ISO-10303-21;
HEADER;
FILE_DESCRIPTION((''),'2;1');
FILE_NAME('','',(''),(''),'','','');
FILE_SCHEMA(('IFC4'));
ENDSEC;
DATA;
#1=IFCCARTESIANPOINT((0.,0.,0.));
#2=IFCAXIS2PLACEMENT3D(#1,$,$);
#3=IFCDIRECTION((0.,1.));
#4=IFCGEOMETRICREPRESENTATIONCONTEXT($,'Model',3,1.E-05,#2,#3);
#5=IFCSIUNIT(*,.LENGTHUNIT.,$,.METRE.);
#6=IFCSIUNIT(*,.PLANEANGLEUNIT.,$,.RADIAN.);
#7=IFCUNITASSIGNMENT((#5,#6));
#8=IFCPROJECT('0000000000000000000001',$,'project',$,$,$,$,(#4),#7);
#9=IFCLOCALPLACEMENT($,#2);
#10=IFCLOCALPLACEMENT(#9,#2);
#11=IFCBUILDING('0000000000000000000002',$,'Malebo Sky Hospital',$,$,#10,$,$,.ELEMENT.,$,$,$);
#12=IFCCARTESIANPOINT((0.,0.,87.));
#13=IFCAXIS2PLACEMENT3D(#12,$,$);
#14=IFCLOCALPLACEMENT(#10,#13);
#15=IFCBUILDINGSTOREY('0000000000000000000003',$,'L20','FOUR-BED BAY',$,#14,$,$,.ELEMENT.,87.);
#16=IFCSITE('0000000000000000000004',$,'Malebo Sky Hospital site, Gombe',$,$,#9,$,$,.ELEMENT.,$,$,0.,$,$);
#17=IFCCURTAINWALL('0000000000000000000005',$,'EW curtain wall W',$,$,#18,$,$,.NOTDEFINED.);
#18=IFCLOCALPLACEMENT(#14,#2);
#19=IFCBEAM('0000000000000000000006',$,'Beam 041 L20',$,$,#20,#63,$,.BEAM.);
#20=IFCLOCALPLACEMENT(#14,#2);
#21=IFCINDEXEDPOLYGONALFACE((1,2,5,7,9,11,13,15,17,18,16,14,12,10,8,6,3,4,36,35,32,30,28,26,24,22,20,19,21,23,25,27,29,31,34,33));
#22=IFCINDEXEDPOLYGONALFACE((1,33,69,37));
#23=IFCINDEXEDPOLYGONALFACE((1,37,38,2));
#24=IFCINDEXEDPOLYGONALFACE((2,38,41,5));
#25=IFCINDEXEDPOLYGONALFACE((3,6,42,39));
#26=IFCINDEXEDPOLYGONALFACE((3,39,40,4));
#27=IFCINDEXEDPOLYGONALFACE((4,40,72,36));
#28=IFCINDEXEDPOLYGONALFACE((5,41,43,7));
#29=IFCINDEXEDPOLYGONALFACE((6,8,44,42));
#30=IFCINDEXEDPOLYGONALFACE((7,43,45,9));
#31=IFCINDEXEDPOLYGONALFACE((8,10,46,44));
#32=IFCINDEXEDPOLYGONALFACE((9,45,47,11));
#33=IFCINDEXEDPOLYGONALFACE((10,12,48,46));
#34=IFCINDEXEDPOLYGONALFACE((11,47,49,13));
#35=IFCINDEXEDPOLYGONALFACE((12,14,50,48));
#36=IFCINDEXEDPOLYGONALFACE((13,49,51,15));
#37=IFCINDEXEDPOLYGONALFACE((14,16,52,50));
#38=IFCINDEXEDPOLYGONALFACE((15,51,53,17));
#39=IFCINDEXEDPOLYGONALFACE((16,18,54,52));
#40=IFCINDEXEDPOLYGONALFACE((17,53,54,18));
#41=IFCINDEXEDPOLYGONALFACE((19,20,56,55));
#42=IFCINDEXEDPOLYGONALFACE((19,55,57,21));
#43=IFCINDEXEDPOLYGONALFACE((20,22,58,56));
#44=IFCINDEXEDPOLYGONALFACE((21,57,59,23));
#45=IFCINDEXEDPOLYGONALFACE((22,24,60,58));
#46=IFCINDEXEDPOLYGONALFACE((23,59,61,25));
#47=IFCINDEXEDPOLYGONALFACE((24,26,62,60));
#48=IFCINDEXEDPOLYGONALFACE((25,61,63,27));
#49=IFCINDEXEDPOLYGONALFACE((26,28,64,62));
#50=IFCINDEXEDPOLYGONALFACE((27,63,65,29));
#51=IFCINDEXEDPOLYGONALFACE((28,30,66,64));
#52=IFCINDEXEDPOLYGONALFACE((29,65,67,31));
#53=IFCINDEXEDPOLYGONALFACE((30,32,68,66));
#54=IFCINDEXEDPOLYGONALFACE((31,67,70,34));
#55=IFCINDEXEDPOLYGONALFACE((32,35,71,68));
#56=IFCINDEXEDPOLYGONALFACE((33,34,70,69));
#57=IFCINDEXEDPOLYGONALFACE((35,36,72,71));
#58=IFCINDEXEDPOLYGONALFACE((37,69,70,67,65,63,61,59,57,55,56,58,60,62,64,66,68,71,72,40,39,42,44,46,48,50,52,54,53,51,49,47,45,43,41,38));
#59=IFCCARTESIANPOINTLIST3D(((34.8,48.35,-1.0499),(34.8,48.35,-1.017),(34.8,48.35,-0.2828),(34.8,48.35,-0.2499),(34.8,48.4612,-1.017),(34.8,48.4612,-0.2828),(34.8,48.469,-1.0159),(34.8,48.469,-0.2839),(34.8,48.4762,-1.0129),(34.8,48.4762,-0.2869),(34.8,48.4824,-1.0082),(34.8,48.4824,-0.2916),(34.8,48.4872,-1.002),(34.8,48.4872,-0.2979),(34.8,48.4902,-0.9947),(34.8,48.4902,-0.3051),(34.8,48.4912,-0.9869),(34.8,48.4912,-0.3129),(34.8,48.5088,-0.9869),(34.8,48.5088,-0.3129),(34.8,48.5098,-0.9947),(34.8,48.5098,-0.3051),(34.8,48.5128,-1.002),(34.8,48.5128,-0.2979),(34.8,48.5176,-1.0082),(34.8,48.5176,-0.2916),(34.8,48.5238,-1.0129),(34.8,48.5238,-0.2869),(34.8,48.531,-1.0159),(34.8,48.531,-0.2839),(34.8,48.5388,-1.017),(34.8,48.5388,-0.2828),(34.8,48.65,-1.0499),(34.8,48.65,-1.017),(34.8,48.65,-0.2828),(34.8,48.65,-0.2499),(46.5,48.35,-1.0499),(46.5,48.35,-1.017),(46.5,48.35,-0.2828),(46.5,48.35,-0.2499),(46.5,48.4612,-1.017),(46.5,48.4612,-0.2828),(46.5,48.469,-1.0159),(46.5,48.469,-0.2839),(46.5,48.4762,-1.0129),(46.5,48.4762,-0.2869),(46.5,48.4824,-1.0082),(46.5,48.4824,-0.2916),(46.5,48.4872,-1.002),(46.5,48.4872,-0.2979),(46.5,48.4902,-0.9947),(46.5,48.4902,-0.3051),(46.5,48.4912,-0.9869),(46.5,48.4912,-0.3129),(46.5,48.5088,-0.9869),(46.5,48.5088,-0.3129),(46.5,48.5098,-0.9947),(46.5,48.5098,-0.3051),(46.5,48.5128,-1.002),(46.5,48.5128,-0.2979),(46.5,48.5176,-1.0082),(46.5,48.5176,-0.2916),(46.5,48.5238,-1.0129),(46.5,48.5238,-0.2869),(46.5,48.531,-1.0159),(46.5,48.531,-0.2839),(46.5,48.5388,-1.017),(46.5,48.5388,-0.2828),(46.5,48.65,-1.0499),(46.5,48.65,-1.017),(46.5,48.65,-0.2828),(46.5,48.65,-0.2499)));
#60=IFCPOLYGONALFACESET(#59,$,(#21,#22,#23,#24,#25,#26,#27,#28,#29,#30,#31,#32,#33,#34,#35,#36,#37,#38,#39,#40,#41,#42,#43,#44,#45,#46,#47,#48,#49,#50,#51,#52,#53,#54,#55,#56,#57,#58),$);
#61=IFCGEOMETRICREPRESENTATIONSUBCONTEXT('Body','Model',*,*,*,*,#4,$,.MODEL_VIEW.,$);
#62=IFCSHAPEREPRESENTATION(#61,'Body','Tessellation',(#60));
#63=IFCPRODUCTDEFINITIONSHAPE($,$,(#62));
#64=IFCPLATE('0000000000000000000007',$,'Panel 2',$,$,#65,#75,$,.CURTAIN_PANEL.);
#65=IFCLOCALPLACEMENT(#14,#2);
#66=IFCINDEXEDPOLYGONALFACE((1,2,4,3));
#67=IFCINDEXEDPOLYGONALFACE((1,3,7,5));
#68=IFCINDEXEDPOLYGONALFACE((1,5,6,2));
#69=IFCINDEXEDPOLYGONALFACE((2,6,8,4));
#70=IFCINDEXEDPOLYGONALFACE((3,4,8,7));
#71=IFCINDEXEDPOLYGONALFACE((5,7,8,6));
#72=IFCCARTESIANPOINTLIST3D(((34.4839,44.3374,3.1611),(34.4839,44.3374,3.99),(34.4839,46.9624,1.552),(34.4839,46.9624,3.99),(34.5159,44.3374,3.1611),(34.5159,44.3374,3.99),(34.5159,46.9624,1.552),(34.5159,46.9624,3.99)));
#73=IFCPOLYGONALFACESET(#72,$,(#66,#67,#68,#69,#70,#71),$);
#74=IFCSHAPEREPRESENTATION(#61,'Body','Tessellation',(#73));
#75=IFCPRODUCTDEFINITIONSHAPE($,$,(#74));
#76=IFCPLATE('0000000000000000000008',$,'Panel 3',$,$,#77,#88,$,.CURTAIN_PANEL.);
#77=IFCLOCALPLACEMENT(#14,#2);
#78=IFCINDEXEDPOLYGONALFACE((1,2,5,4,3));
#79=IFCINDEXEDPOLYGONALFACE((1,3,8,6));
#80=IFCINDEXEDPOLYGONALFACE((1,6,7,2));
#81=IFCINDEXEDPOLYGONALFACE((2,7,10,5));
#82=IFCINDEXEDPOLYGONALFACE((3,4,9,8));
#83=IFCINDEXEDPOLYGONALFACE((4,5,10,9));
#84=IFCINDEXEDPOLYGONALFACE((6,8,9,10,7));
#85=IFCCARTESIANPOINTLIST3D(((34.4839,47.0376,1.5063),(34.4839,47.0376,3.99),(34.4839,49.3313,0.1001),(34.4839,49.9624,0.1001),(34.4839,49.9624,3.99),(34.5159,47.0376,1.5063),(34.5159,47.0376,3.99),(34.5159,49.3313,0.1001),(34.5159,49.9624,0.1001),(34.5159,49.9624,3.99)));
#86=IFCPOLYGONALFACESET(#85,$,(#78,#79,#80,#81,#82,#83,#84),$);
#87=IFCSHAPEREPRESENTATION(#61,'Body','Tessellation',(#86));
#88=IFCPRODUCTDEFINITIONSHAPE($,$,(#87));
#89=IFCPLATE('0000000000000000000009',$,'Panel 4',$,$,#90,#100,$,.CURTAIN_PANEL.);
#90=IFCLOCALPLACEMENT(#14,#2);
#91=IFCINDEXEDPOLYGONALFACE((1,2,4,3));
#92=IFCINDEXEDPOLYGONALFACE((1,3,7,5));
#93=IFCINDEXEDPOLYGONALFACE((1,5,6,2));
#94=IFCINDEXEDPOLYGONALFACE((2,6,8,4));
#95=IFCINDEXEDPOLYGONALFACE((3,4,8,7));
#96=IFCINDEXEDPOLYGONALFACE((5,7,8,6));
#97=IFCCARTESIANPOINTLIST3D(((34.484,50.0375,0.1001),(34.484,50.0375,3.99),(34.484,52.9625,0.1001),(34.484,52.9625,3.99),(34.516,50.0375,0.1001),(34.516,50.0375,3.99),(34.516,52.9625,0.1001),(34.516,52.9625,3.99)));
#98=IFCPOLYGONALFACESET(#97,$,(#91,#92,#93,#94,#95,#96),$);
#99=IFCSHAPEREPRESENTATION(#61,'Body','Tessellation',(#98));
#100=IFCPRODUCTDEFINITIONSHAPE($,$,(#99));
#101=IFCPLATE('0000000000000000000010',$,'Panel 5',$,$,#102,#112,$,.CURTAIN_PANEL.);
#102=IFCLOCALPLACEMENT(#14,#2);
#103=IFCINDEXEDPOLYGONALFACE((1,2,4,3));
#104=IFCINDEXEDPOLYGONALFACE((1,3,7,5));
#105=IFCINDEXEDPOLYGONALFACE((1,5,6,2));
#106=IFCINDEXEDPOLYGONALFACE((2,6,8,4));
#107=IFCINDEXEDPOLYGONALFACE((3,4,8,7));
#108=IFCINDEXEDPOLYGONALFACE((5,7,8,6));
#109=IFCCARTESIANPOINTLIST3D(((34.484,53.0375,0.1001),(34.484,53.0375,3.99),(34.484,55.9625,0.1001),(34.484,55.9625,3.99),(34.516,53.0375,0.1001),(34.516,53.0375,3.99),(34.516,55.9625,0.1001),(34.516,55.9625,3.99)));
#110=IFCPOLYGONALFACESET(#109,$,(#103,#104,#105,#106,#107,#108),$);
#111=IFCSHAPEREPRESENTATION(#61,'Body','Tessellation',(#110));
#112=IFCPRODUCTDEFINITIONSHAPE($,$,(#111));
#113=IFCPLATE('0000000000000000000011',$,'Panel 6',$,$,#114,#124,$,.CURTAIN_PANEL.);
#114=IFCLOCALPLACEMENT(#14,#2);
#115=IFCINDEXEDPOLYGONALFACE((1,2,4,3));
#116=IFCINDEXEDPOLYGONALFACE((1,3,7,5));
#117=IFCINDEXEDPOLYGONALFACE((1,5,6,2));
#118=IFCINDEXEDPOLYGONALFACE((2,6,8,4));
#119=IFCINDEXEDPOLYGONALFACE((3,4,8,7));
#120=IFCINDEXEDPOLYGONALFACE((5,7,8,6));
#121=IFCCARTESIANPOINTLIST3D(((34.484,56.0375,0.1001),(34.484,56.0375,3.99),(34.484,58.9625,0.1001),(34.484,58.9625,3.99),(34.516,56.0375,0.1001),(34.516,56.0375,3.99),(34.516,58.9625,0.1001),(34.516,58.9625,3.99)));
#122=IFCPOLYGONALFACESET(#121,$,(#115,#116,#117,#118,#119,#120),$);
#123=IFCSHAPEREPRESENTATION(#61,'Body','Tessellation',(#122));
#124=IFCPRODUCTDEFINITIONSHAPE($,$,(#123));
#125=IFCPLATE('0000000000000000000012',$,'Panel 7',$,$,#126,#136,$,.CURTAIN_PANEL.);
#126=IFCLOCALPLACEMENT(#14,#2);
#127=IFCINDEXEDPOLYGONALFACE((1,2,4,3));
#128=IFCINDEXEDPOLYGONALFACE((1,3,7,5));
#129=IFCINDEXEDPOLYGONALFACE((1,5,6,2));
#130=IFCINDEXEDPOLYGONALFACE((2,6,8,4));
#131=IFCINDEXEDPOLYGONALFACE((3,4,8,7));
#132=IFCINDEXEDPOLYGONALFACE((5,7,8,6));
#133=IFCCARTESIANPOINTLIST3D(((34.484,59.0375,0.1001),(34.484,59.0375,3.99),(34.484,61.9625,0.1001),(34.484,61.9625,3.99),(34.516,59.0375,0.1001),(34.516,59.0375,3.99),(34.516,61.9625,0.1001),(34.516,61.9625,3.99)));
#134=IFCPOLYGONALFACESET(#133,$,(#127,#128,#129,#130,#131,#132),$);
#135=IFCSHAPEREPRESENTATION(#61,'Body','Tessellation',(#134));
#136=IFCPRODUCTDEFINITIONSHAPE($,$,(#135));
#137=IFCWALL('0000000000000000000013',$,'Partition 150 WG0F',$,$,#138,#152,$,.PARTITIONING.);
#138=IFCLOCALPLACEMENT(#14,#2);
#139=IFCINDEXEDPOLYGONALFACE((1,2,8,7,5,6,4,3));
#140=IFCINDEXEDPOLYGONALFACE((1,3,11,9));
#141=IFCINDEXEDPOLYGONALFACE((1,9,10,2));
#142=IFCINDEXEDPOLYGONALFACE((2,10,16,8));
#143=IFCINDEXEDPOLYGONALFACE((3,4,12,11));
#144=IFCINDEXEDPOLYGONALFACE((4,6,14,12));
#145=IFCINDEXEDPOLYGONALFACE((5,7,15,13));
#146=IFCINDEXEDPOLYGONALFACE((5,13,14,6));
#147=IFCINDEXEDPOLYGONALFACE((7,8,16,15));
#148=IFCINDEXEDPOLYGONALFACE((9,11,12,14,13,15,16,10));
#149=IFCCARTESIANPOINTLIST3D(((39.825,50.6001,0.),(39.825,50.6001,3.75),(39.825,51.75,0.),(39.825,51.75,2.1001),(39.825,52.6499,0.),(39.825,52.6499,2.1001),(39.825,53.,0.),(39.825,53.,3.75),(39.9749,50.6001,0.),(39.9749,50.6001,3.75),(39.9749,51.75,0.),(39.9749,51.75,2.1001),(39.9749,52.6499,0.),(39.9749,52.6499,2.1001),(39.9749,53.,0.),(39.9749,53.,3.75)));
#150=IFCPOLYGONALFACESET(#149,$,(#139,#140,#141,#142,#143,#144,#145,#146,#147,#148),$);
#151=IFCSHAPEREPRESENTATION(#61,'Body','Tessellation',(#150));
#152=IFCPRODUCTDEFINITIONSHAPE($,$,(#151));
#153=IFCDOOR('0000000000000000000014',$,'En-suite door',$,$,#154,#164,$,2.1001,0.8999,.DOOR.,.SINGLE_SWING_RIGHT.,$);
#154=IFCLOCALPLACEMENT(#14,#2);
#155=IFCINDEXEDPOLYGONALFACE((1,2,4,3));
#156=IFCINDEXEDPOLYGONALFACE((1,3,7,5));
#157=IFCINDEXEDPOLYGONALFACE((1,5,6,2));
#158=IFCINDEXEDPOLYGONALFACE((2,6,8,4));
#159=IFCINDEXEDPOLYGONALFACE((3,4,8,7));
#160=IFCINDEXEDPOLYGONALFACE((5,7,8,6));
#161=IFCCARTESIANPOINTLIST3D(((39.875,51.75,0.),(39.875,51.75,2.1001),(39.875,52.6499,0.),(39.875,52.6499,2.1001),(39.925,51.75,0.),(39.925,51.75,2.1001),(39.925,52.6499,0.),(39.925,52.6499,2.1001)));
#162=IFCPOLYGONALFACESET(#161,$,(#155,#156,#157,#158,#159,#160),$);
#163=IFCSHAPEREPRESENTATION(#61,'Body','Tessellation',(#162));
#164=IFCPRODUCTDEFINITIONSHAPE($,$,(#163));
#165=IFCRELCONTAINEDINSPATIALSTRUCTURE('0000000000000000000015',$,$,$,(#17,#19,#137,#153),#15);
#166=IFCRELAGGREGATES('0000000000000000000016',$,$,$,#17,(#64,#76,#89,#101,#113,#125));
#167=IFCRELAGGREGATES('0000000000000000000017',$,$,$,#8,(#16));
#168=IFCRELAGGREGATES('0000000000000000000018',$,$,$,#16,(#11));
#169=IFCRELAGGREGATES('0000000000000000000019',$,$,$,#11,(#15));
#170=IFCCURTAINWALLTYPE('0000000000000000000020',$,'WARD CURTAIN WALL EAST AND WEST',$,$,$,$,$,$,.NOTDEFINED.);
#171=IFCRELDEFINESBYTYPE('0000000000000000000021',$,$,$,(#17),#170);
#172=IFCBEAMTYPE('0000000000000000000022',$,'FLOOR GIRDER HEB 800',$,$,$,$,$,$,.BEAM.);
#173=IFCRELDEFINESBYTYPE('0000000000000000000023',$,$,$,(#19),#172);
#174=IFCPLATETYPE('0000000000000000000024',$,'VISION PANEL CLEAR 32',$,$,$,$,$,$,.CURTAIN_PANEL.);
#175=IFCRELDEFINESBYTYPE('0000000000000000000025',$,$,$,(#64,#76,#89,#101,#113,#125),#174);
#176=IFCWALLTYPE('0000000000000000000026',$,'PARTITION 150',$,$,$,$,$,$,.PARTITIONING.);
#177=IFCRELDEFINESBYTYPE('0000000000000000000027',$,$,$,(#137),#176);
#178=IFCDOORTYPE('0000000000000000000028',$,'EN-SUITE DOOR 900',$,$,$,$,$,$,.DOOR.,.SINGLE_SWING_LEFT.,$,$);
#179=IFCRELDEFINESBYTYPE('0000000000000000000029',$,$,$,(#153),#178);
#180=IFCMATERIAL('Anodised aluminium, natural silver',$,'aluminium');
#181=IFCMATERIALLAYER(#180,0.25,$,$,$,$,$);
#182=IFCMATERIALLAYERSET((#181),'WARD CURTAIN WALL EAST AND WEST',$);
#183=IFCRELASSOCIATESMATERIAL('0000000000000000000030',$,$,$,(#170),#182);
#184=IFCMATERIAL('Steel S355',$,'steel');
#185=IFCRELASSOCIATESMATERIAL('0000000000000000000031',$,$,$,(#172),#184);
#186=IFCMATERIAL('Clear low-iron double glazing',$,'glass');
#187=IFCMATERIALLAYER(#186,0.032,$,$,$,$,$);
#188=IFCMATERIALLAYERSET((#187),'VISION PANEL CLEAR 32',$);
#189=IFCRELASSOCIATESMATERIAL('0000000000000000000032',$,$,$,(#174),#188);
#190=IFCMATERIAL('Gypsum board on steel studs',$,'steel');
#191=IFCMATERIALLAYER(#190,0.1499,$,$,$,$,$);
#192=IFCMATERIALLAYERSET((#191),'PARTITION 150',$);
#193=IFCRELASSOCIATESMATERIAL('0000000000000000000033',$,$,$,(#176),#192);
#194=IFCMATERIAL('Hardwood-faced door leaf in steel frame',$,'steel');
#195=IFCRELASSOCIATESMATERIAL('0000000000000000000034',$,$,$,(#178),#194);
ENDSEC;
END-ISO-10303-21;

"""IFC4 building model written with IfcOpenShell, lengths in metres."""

from ifc_helpers import new_model, si_unit, direction, frame, frame_2d, origin, origin_2d, place, context, subcontext, project, spatial, polyline, rectangle, i_section, outline, extrude, material, layer, layer_set, material_profile, profile_set, type_object, element, fill, aggregate, save


model = new_model("IFC4")

# Units and contexts
model_context = context("Model", 3, precision=1e-05, world=origin(), true_north=direction((0.0, 1.0)))
body_context = subcontext(model_context, "Body", "Model", "MODEL_VIEW")
ifc_project = project(units=[si_unit("LENGTHUNIT", "METRE"), si_unit("PLANEANGLEUNIT", "RADIAN")], contexts=[model_context])

# Site, building, storey
site_placement = place(None, origin())
site = spatial("IfcSite", under=ifc_project, at=site_placement, Name="Malebo Sky Hospital site, Gombe", CompositionType="ELEMENT", RefElevation=0.0)
building_placement = place(site_placement, origin())
building = spatial("IfcBuilding", under=site, at=building_placement, Name="Malebo Sky Hospital", CompositionType="ELEMENT")
storey_placement = place(building_placement, frame((0.0, 0.0, 87.0)))
storey = spatial("IfcBuildingStorey", under=building, at=storey_placement, Name="L20", Description="FOUR-BED BAY", CompositionType="ELEMENT", Elevation=87.0)

# Curtain wall
ifc_material_1 = material(Name="Anodised aluminium, natural silver", Category="aluminium")
ifc_layer_1 = layer(ifc_material_1, 0.25)
ifc_layer_set_1 = layer_set([ifc_layer_1], Name="WARD CURTAIN WALL EAST AND WEST")
curtain_wall_type = type_object("IfcCurtainWallType", Name="WARD CURTAIN WALL EAST AND WEST", PredefinedType="NOTDEFINED", material=ifc_layer_set_1)
curtain_wall_placement = place(storey_placement, origin())
curtain_wall = element("IfcCurtainWall", 1, at=curtain_wall_placement, inside=storey, type_object=curtain_wall_type, Name="EW curtain wall W", PredefinedType="NOTDEFINED")

# Shared definitions
ifc_material_2 = material(Name="Steel S355", Category="steel")

# Beam
ifc_material_profile_1 = material_profile(ifc_material_2, i_section(OverallWidth=0.3, OverallDepth=0.8, WebThickness=0.0176, FlangeThickness=0.033, FilletRadius=0.03, at=origin_2d()), Name="HEB 800")
ifc_profile_set_1 = profile_set([ifc_material_profile_1], Name="Steel S355")
beam_type_1 = type_object("IfcBeamType", Name="FLOOR GIRDER HEB 800", PredefinedType="BEAM", material=ifc_profile_set_1)
beam_1_placement = place(storey_placement, frame((34.8, 48.5, -0.6499), z_axis=(1.0, 0.0, 0.0), x_axis=(0.0, 1.0, 0.0)))
element("IfcBeam", 2, at=beam_1_placement, inside=storey, type_object=beam_type_1, Name="Beam 041 L20", PredefinedType="BEAM", context=body_context, shape_type="SweptSolid", body=[
    extrude(i_section(OverallWidth=0.3, OverallDepth=0.8, WebThickness=0.0176, FlangeThickness=0.033, FilletRadius=0.03, at=origin_2d()), origin(), (0.0, 0.0, 1.0), 11.7),
])

# Plates
ifc_material_3 = material(Name="Clear low-iron double glazing", Category="glass")
ifc_layer_2 = layer(ifc_material_3, 0.032)
ifc_layer_set_2 = layer_set([ifc_layer_2], Name="VISION PANEL CLEAR 32")
plate_type = type_object("IfcPlateType", Name="VISION PANEL CLEAR 32", PredefinedType="CURTAIN_PANEL", material=ifc_layer_set_2)
plate_1_placement = place(storey_placement, frame((34.5, 45.6499, 1.552), z_axis=(0.0, 0.0, 1.0), x_axis=(0.0, 1.0, 0.0)))
plate_1 = element("IfcPlate", 3, at=plate_1_placement, type_object=plate_type, Name="Panel 2", PredefinedType="CURTAIN_PANEL", context=body_context, shape_type="SweptSolid", body=[
    extrude(outline(polyline([(1.3125, 0.0), (1.3125, 2.438), (-1.3125, 2.438), (-1.3125, 1.6091), (1.3125, 0.0)])), frame((0.0, 0.0161, 0.0), z_axis=(0.0, -1.0, 0.0), x_axis=(1.0, 0.0, 0.0)), (0.0, 0.0, 1.0), 0.032),
])
plate_2_placement = place(storey_placement, frame((34.5, 48.5, 0.1001), z_axis=(0.0, 0.0, 1.0), x_axis=(0.0, 1.0, 0.0)))
plate_2 = element("IfcPlate", 4, at=plate_2_placement, type_object=plate_type, Name="Panel 3", PredefinedType="CURTAIN_PANEL", context=body_context, shape_type="SweptSolid", body=[
    extrude(outline(polyline([(0.8313, 0.0), (1.4624, 0.0), (1.4624, 3.8899), (-1.4624, 3.8899), (-1.4624, 1.4062), (0.8313, 0.0)])), frame((0.0, 0.0161, 0.0), z_axis=(0.0, -1.0, 0.0), x_axis=(1.0, 0.0, 0.0)), (0.0, 0.0, 1.0), 0.032),
])
plate_3_placement = place(storey_placement, frame((34.5, 51.5, 0.1001), z_axis=(0.0, 0.0, 1.0), x_axis=(0.0, 1.0, 0.0)))
plate_3 = element("IfcPlate", 5, at=plate_3_placement, type_object=plate_type, Name="Panel 4", PredefinedType="CURTAIN_PANEL", context=body_context, shape_type="SweptSolid", body=[
    extrude(rectangle(XDim=2.925, YDim=0.032, at=origin_2d()), origin(), (0.0, 0.0, 1.0), 3.8899),
])
plate_4_placement = place(storey_placement, frame((34.5, 54.5, 0.1001), z_axis=(0.0, 0.0, 1.0), x_axis=(0.0, 1.0, 0.0)))
plate_4 = element("IfcPlate", 6, at=plate_4_placement, type_object=plate_type, Name="Panel 5", PredefinedType="CURTAIN_PANEL", context=body_context, shape_type="SweptSolid", body=[
    extrude(rectangle(XDim=2.925, YDim=0.032, at=origin_2d()), origin(), (0.0, 0.0, 1.0), 3.8899),
])
plate_5_placement = place(storey_placement, frame((34.5, 57.5, 0.1001), z_axis=(0.0, 0.0, 1.0), x_axis=(0.0, 1.0, 0.0)))
plate_5 = element("IfcPlate", 7, at=plate_5_placement, type_object=plate_type, Name="Panel 6", PredefinedType="CURTAIN_PANEL", context=body_context, shape_type="SweptSolid", body=[
    extrude(rectangle(XDim=2.925, YDim=0.032, at=origin_2d()), origin(), (0.0, 0.0, 1.0), 3.8899),
])
plate_6_placement = place(storey_placement, frame((34.5, 60.5, 0.1001), z_axis=(0.0, 0.0, 1.0), x_axis=(0.0, 1.0, 0.0)))
plate_6 = element("IfcPlate", 8, at=plate_6_placement, type_object=plate_type, Name="Panel 7", PredefinedType="CURTAIN_PANEL", context=body_context, shape_type="SweptSolid", body=[
    extrude(rectangle(XDim=2.925, YDim=0.032, at=origin_2d()), origin(), (0.0, 0.0, 1.0), 3.8899),
])
aggregate(curtain_wall, [plate_1, plate_2, plate_3, plate_4, plate_5, plate_6])

# Wall, opening, door
ifc_material_4 = material(Name="Gypsum board on steel studs", Category="steel")
ifc_layer_3 = layer(ifc_material_4, 0.1499)
ifc_layer_set_3 = layer_set([ifc_layer_3], Name="PARTITION 150")
wall_type = type_object("IfcWallType", Name="PARTITION 150", PredefinedType="PARTITIONING", material=ifc_layer_set_3)
wall_1_placement = place(storey_placement, frame((39.8999, 50.6001, 0.0), z_axis=(0.0, 0.0, 1.0), x_axis=(0.0, 1.0, 0.0)))
wall_1 = element("IfcWall", 9, at=wall_1_placement, inside=storey, type_object=wall_type, Name="Partition 150 WG0F", PredefinedType="PARTITIONING", context=body_context, shape_type="SweptSolid", body=[
    extrude(rectangle(XDim=2.3999, YDim=0.1499, at=frame_2d((1.2, 0.0))), origin(), (0.0, 0.0, 1.0), 3.75),
])
opening_1_placement = place(wall_1_placement, frame((1.1499, 0.0, 0.0)))
opening_1 = element("IfcOpeningElement", 10, at=opening_1_placement, cuts=wall_1, PredefinedType="OPENING", context=body_context, shape_type="SweptSolid", body=[
    extrude(rectangle(XDim=0.8999, YDim=2.1001, at=frame_2d((0.45, 1.05))), frame((0.0, 0.085, 0.0), z_axis=(0.0, -1.0, 0.0), x_axis=(1.0, 0.0, 0.0)), (0.0, 0.0, 1.0), 0.1699),
])
ifc_material_5 = material(Name="Hardwood-faced door leaf in steel frame", Category="steel")
door_type = type_object("IfcDoorType", Name="EN-SUITE DOOR 900", OperationType="SINGLE_SWING_LEFT", PredefinedType="DOOR", material=ifc_material_5)
door_1_placement = place(opening_1_placement, origin())
door_1 = element("IfcDoor", 11, at=door_1_placement, inside=storey, type_object=door_type, Name="En-suite door", OperationType="SINGLE_SWING_RIGHT", OverallHeight=2.1001, OverallWidth=0.8999, PredefinedType="DOOR", context=body_context, shape_type="SweptSolid", body=[
    extrude(rectangle(XDim=0.8999, YDim=2.1001, at=frame_2d((0.45, 1.05))), frame((0.0, 0.0249, 0.0), z_axis=(0.0, -1.0, 0.0), x_axis=(1.0, 0.0, 0.0)), (0.0, 0.0, 1.0), 0.05),
])
fill(opening_1, door_1)

save(model, "model.ifc")
